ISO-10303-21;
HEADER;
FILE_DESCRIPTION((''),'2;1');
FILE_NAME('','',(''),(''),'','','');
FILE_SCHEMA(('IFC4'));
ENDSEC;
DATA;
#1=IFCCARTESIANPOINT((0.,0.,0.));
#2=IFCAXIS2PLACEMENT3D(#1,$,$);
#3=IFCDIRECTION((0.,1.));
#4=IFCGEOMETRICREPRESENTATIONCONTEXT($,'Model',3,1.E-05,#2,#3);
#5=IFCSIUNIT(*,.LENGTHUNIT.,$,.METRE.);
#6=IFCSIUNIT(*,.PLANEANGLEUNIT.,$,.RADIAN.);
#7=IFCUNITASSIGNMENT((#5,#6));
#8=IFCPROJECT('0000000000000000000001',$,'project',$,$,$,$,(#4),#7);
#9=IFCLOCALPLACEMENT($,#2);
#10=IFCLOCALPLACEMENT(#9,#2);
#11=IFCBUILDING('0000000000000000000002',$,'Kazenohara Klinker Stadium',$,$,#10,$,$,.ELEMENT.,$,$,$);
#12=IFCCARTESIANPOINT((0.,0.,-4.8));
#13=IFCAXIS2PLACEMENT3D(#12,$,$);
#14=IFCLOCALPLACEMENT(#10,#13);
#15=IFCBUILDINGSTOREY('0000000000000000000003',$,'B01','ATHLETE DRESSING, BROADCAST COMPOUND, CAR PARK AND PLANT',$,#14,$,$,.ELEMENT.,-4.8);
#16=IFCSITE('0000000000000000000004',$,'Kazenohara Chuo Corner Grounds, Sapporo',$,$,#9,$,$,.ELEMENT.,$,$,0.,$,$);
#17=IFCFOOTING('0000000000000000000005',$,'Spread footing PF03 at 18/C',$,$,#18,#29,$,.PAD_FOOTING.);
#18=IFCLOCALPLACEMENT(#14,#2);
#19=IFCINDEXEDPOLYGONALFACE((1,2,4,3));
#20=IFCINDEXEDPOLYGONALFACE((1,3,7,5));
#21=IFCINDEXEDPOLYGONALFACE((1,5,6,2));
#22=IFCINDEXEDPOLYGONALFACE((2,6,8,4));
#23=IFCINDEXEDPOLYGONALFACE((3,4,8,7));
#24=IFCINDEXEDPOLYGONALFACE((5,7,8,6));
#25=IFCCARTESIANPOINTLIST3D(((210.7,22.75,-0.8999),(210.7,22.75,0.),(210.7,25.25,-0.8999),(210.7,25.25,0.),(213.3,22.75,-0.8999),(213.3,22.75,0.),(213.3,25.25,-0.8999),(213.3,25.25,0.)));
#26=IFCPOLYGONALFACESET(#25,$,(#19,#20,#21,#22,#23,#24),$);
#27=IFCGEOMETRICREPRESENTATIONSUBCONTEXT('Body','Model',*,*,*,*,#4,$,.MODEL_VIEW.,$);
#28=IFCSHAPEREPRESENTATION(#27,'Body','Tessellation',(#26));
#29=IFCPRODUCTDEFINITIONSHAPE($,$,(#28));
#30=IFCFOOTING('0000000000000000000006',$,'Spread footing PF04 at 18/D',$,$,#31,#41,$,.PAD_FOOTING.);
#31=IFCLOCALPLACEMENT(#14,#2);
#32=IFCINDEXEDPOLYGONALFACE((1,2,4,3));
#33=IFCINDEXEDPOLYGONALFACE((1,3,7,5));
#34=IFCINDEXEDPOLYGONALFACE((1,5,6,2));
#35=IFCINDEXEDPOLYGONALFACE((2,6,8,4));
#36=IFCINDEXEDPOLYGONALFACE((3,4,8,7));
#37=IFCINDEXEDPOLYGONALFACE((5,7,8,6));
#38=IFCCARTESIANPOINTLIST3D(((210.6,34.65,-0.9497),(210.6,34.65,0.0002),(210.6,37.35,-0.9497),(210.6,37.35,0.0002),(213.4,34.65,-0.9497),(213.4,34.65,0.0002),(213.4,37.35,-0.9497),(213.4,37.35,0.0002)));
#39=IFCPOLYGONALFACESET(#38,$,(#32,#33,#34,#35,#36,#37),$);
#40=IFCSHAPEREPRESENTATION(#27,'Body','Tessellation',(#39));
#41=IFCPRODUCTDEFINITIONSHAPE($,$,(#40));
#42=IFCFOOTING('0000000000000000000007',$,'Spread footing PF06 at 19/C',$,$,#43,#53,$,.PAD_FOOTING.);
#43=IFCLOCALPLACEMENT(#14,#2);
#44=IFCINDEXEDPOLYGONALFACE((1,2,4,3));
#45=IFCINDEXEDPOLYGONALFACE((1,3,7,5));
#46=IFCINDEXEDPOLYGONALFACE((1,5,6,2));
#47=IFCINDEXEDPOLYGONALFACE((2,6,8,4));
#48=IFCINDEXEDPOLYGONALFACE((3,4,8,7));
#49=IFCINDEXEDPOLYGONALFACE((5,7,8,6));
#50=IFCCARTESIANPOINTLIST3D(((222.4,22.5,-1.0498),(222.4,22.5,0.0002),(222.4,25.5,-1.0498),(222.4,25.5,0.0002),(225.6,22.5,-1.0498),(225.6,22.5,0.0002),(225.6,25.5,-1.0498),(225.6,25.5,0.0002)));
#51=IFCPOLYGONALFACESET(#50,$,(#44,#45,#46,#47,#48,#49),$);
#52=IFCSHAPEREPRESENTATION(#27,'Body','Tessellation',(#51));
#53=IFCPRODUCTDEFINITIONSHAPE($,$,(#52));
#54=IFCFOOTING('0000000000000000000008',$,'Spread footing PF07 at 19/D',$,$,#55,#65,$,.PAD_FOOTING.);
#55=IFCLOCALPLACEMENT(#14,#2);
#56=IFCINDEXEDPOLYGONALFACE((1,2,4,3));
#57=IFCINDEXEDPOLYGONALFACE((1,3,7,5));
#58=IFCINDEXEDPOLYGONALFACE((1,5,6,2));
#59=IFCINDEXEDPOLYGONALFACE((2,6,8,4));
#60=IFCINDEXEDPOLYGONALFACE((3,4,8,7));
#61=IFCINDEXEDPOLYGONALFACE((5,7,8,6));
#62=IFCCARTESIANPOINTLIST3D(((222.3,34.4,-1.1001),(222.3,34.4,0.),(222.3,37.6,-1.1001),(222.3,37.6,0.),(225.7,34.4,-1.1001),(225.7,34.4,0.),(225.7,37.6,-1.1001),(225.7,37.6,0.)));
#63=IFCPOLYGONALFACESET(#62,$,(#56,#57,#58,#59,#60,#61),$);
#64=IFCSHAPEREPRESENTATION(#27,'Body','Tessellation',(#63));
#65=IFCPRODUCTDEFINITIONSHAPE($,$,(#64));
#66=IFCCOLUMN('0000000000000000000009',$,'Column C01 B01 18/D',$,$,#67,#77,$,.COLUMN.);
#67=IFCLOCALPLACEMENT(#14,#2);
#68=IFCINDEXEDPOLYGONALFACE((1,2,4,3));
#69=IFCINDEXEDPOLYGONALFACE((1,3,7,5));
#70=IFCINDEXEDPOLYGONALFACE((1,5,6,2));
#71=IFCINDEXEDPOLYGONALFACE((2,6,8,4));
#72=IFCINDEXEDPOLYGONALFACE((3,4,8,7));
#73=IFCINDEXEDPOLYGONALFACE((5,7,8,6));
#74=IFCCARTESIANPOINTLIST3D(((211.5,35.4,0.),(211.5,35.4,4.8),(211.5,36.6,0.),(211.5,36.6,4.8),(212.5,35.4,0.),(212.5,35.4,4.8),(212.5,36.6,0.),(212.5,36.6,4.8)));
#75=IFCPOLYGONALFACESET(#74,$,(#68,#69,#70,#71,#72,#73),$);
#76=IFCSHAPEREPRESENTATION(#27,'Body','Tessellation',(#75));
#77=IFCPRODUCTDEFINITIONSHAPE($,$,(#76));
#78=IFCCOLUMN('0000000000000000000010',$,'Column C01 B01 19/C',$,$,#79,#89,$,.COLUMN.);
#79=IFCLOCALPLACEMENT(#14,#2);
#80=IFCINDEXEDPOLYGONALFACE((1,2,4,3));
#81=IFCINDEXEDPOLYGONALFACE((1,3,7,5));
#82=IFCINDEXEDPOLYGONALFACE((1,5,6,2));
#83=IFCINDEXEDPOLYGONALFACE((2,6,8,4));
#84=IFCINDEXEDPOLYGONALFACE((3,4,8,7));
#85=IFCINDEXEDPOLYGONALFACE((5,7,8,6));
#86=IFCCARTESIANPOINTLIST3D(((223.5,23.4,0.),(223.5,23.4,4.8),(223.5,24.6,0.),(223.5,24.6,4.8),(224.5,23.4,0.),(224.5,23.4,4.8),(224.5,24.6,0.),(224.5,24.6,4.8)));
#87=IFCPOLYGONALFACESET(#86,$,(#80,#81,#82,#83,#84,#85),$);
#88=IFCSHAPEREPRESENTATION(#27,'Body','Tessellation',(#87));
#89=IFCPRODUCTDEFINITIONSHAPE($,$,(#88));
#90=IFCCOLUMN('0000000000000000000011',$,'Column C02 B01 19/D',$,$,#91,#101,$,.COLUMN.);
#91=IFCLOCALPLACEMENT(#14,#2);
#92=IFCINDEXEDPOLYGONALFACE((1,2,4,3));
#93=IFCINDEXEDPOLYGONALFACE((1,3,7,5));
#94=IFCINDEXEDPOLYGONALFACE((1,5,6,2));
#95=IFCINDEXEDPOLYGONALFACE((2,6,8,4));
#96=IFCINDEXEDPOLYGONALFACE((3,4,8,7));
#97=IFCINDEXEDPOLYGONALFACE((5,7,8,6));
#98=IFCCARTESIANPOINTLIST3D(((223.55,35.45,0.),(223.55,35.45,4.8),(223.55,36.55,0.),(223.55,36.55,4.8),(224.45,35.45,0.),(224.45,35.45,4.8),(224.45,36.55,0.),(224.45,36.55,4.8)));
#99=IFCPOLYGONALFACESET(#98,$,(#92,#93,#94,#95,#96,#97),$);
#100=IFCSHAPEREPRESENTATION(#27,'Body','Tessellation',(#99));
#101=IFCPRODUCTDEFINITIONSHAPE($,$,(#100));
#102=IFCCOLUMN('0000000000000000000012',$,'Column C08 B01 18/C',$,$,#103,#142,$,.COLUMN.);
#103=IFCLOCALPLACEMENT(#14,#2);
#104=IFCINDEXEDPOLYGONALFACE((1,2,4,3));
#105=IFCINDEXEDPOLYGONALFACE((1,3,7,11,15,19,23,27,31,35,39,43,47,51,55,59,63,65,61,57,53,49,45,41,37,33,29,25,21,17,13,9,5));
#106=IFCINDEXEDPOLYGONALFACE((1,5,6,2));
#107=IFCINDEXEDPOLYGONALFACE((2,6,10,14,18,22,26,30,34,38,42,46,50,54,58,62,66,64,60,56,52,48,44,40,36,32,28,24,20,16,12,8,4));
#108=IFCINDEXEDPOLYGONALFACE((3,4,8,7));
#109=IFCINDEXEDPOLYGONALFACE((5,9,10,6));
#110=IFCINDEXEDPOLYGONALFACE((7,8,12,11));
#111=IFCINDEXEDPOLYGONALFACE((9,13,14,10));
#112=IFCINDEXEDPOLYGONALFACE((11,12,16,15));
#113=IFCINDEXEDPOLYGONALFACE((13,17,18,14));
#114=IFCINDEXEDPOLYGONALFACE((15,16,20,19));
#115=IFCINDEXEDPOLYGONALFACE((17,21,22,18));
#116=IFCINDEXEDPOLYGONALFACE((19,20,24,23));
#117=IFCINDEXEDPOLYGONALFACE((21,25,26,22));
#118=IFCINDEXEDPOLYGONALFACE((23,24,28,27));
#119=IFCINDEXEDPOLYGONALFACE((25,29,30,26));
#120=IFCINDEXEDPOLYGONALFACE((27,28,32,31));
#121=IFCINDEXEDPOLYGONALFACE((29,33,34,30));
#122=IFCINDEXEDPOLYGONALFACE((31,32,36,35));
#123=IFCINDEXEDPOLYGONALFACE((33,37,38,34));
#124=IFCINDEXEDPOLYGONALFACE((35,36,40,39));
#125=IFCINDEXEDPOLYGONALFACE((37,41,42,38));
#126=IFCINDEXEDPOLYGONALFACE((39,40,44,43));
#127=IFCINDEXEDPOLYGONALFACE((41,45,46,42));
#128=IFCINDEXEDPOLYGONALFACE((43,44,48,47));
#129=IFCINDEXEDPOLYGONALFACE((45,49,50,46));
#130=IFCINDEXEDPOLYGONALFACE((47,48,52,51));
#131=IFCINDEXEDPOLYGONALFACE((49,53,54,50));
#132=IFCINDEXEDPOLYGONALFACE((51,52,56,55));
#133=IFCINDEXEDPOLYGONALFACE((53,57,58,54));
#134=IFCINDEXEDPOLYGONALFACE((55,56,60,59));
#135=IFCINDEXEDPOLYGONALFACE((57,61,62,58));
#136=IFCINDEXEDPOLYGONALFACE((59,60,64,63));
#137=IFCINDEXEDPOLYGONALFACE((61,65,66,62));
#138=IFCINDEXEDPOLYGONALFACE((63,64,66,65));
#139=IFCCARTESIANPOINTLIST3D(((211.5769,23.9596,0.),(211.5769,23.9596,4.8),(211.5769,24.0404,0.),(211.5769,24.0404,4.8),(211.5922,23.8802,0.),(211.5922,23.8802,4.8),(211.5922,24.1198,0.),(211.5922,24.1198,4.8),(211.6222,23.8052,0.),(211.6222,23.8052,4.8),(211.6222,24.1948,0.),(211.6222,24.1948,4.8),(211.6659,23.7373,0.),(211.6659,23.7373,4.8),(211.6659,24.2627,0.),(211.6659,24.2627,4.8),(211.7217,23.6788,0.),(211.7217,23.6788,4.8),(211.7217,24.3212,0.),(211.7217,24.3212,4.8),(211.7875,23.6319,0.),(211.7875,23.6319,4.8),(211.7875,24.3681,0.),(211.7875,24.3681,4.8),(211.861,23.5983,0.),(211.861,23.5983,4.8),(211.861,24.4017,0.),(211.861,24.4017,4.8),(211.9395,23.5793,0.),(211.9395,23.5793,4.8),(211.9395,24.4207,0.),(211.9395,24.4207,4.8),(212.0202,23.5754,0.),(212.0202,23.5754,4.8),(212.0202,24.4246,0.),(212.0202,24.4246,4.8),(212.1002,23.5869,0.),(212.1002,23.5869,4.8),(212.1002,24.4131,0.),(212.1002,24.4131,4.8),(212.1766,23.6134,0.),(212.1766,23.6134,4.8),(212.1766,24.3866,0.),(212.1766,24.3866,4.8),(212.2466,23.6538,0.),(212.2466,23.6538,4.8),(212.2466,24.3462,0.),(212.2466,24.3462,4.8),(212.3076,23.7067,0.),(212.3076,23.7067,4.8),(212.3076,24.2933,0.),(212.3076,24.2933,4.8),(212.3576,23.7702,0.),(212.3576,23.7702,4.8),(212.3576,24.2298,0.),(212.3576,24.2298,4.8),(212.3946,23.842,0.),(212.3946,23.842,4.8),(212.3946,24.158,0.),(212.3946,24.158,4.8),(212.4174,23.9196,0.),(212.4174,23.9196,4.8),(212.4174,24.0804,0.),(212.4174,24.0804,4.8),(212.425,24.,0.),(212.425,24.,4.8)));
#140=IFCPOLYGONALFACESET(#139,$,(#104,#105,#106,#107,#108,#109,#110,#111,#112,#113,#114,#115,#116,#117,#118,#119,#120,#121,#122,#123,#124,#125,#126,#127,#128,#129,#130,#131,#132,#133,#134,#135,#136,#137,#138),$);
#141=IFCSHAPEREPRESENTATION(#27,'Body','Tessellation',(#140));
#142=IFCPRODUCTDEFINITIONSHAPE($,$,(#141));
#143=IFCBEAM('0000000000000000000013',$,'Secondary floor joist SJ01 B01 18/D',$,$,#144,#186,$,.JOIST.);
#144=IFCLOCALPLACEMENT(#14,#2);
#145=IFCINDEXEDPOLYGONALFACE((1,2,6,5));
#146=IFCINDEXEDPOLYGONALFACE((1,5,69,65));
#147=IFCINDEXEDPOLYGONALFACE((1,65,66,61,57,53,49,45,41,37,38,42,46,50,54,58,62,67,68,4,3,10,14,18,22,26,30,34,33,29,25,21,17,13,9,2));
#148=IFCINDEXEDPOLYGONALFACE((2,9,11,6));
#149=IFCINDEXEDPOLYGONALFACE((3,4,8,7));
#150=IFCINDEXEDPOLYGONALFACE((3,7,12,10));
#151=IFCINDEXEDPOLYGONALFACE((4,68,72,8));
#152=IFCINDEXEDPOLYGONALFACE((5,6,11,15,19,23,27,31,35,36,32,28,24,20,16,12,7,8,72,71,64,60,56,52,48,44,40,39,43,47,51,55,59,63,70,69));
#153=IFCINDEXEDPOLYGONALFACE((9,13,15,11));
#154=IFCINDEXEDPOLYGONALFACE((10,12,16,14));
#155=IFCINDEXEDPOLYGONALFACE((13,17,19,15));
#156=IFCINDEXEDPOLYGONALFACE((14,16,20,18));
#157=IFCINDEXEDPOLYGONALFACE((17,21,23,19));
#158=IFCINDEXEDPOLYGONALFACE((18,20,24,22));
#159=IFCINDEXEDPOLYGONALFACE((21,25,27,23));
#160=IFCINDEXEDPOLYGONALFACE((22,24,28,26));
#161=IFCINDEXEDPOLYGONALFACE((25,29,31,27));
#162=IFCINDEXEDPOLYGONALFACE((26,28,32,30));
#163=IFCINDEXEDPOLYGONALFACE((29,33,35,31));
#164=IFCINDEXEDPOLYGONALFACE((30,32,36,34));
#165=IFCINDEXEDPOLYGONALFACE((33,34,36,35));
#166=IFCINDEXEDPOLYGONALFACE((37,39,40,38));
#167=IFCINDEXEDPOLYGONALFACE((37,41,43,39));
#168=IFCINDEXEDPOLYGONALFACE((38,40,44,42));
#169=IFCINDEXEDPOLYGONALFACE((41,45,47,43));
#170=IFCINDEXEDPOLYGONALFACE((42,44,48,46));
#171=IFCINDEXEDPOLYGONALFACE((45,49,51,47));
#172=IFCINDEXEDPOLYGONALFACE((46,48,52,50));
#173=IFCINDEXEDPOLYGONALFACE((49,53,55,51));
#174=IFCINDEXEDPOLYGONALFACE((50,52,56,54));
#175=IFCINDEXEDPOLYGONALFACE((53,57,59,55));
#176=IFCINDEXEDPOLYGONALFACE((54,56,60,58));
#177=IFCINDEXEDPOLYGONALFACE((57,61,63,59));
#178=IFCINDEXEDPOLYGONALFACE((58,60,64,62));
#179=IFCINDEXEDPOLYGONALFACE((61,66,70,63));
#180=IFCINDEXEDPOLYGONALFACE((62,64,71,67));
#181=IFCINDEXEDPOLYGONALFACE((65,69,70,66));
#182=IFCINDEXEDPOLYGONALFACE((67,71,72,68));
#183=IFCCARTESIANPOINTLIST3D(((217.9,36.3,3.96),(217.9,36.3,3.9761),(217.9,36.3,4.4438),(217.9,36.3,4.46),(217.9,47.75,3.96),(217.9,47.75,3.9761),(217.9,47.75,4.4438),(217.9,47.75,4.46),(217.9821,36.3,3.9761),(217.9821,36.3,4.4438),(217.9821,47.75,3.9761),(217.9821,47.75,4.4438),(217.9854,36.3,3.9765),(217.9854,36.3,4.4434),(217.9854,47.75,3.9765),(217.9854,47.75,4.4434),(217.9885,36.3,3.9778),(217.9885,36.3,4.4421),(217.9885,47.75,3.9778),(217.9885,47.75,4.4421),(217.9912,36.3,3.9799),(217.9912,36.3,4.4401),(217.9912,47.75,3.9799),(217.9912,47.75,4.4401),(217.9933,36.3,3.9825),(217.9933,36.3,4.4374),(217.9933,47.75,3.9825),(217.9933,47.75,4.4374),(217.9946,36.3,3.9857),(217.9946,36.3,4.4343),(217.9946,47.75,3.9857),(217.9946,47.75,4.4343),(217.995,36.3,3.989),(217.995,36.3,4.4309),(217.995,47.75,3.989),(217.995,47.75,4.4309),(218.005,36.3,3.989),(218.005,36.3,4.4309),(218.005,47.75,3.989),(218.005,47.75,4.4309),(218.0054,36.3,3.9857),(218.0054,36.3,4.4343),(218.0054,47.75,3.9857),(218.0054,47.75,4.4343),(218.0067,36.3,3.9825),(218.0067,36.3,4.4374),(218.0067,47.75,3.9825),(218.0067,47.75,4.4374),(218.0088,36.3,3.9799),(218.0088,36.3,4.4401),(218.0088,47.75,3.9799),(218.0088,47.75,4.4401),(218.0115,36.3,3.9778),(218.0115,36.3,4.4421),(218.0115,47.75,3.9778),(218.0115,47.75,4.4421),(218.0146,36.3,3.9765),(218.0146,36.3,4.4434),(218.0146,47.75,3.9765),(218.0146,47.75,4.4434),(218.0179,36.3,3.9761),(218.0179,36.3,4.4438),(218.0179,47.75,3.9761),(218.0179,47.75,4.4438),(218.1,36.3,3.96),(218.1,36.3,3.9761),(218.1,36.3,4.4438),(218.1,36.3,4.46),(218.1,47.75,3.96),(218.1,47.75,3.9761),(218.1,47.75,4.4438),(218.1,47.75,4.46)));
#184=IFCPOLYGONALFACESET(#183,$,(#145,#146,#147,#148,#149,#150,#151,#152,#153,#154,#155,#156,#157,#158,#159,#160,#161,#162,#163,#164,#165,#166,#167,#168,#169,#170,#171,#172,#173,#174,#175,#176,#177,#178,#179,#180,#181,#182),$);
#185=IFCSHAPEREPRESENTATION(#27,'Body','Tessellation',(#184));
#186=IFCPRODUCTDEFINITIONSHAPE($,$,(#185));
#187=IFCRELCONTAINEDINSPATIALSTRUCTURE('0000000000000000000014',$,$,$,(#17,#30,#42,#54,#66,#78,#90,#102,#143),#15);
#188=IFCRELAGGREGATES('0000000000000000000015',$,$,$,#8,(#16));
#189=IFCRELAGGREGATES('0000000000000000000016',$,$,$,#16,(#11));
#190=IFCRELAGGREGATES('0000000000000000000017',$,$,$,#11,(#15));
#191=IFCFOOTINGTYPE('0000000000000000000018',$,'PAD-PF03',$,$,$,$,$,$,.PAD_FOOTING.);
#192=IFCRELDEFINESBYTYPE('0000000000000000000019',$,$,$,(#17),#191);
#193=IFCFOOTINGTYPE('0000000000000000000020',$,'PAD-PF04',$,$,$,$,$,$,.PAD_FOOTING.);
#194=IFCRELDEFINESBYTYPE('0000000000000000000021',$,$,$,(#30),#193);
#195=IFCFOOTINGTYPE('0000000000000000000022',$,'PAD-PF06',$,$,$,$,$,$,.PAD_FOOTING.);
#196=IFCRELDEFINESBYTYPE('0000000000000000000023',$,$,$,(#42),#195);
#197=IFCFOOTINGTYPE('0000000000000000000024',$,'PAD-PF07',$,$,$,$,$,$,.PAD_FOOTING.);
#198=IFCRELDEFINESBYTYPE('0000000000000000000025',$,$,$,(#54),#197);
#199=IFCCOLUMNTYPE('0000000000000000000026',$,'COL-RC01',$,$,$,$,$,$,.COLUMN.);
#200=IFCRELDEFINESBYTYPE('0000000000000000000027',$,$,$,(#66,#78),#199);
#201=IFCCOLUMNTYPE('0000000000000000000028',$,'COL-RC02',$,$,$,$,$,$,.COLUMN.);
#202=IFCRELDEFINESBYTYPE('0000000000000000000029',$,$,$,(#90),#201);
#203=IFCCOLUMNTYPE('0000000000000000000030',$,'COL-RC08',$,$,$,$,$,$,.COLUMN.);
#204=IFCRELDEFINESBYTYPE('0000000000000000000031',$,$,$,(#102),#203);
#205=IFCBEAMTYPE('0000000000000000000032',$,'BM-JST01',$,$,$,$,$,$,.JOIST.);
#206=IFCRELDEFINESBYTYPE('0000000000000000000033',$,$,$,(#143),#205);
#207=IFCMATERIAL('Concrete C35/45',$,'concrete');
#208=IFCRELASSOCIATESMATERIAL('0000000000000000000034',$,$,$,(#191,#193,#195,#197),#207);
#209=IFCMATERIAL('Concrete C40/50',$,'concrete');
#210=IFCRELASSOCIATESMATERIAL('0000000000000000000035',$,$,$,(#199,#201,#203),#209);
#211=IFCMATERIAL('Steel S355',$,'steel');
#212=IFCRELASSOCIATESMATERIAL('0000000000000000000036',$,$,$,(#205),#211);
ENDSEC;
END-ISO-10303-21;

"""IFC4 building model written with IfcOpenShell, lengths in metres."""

from ifc_helpers import new_model, si_unit, direction, frame, origin, origin_2d, place, context, subcontext, project, spatial, rectangle, circle, i_section, extrude, material, material_profile, profile_set, type_object, element, save


model = new_model("IFC4")

# Units and contexts
model_context = context("Model", 3, precision=1e-05, world=origin(), true_north=direction((0.0, 1.0)))
body_context = subcontext(model_context, "Body", "Model", "MODEL_VIEW")
ifc_project = project(units=[si_unit("LENGTHUNIT", "METRE"), si_unit("PLANEANGLEUNIT", "RADIAN")], contexts=[model_context])

# Site, building, storey
site_placement = place(None, origin())
site = spatial("IfcSite", under=ifc_project, at=site_placement, Name="Kazenohara Chuo Corner Grounds, Sapporo", CompositionType="ELEMENT", RefElevation=0.0)
building_placement = place(site_placement, origin())
building = spatial("IfcBuilding", under=site, at=building_placement, Name="Kazenohara Klinker Stadium", CompositionType="ELEMENT")
storey_placement = place(building_placement, frame((0.0, 0.0, -4.8)))
storey = spatial("IfcBuildingStorey", under=building, at=storey_placement, Name="B01", Description="ATHLETE DRESSING, BROADCAST COMPOUND, CAR PARK AND PLANT", CompositionType="ELEMENT", Elevation=-4.8)

# Footings
ifc_material_1 = material(Name="Concrete C35/45", Category="concrete")
footing_type_1 = type_object("IfcFootingType", Name="PAD-PF03", PredefinedType="PAD_FOOTING", material=ifc_material_1)
footing_1_placement = place(storey_placement, frame((212.0, 24.0, -0.8999), z_axis=(0.0, 0.0, 1.0), x_axis=(1.0, 0.0, 0.0)))
element("IfcFooting", 1, at=footing_1_placement, inside=storey, type_object=footing_type_1, Name="Spread footing PF03 at 18/C", PredefinedType="PAD_FOOTING", context=body_context, shape_type="SweptSolid", body=[
    extrude(rectangle(XDim=2.6001, YDim=2.5, at=origin_2d()), origin(), (0.0, 0.0, 1.0), 0.8999),
])
footing_type_2 = type_object("IfcFootingType", Name="PAD-PF04", PredefinedType="PAD_FOOTING", material=ifc_material_1)
footing_2_placement = place(storey_placement, frame((212.0, 36.0, -0.9497), z_axis=(0.0, 0.0, 1.0), x_axis=(1.0, 0.0, 0.0)))
element("IfcFooting", 2, at=footing_2_placement, inside=storey, type_object=footing_type_2, Name="Spread footing PF04 at 18/D", PredefinedType="PAD_FOOTING", context=body_context, shape_type="SweptSolid", body=[
    extrude(rectangle(XDim=2.8, YDim=2.7, at=origin_2d()), origin(), (0.0, 0.0, 1.0), 0.95),
])
footing_type_3 = type_object("IfcFootingType", Name="PAD-PF06", PredefinedType="PAD_FOOTING", material=ifc_material_1)
footing_3_placement = place(storey_placement, frame((224.0, 24.0, -1.0498), z_axis=(0.0, 0.0, 1.0), x_axis=(1.0, 0.0, 0.0)))
element("IfcFooting", 3, at=footing_3_placement, inside=storey, type_object=footing_type_3, Name="Spread footing PF06 at 19/C", PredefinedType="PAD_FOOTING", context=body_context, shape_type="SweptSolid", body=[
    extrude(rectangle(XDim=3.2, YDim=3.0, at=origin_2d()), origin(), (0.0, 0.0, 1.0), 1.05),
])
footing_type_4 = type_object("IfcFootingType", Name="PAD-PF07", PredefinedType="PAD_FOOTING", material=ifc_material_1)
footing_4_placement = place(storey_placement, frame((224.0, 36.0, -1.1001), z_axis=(0.0, 0.0, 1.0), x_axis=(1.0, 0.0, 0.0)))
element("IfcFooting", 4, at=footing_4_placement, inside=storey, type_object=footing_type_4, Name="Spread footing PF07 at 19/D", PredefinedType="PAD_FOOTING", context=body_context, shape_type="SweptSolid", body=[
    extrude(rectangle(XDim=3.3999, YDim=3.2, at=origin_2d()), origin(), (0.0, 0.0, 1.0), 1.1001),
])

# Columns
ifc_material_2 = material(Name="Concrete C40/50", Category="concrete")
ifc_material_profile_1 = material_profile(ifc_material_2, rectangle(XDim=1.0, YDim=1.2, at=origin_2d()), Name="RC-COL-1200x1000")
ifc_profile_set_1 = profile_set([ifc_material_profile_1], Name="Concrete C40/50")
column_type_1 = type_object("IfcColumnType", Name="COL-RC01", PredefinedType="COLUMN", material=ifc_profile_set_1)
for number, where, z_axis, x_axis, name in (
    (5, (212.0, 36.0, 0.0), (0.0, 0.0, 1.0), (1.0, 0.0, 0.0), "Column C01 B01 18/D"),
    (6, (224.0, 24.0, 0.0), (0.0, 0.0, 1.0), (1.0, 0.0, 0.0), "Column C01 B01 19/C"),
):
    element("IfcColumn", number, at=place(storey_placement, frame(where, z_axis=z_axis, x_axis=x_axis)), inside=storey, type_object=column_type_1, Name=name, PredefinedType="COLUMN", context=body_context, shape_type="SweptSolid", body=[
        extrude(rectangle(XDim=1.0, YDim=1.2, at=origin_2d()), origin(), (0.0, 0.0, 1.0), 4.8),
    ])
ifc_material_profile_2 = material_profile(ifc_material_2, rectangle(XDim=0.8999, YDim=1.1001, at=origin_2d()), Name="RC-COL-1100x900")
ifc_profile_set_2 = profile_set([ifc_material_profile_2], Name="Concrete C40/50")
column_type_2 = type_object("IfcColumnType", Name="COL-RC02", PredefinedType="COLUMN", material=ifc_profile_set_2)
column_1_placement = place(storey_placement, frame((224.0, 36.0, 0.0), z_axis=(0.0, 0.0, 1.0), x_axis=(1.0, 0.0, 0.0)))
element("IfcColumn", 7, at=column_1_placement, inside=storey, type_object=column_type_2, Name="Column C02 B01 19/D", PredefinedType="COLUMN", context=body_context, shape_type="SweptSolid", body=[
    extrude(rectangle(XDim=0.8999, YDim=1.1001, at=origin_2d()), origin(), (0.0, 0.0, 1.0), 4.8),
])
ifc_material_profile_3 = material_profile(ifc_material_2, circle(Radius=0.425, at=origin_2d()), Name="RC-COL-D850")
ifc_profile_set_3 = profile_set([ifc_material_profile_3], Name="Concrete C40/50")
column_type_3 = type_object("IfcColumnType", Name="COL-RC08", PredefinedType="COLUMN", material=ifc_profile_set_3)
column_2_placement = place(storey_placement, frame((212.0, 24.0, 0.0), z_axis=(0.0, 0.0, 1.0), x_axis=(1.0, 0.0, 0.0)))
element("IfcColumn", 8, at=column_2_placement, inside=storey, type_object=column_type_3, Name="Column C08 B01 18/C", PredefinedType="COLUMN", context=body_context, shape_type="SweptSolid", body=[
    extrude(circle(Radius=0.425, at=origin_2d()), origin(), (0.0, 0.0, 1.0), 4.8),
])

# Beam
ifc_material_3 = material(Name="Steel S355", Category="steel")
ifc_material_profile_4 = material_profile(ifc_material_3, i_section(OverallWidth=0.2, OverallDepth=0.5, WebThickness=0.01, FlangeThickness=0.0161, FilletRadius=0.0129, at=origin_2d()), Name="H-500x200x10x16")
ifc_profile_set_4 = profile_set([ifc_material_profile_4], Name="Steel S355")
beam_type_1 = type_object("IfcBeamType", Name="BM-JST01", PredefinedType="JOIST", material=ifc_profile_set_4)
beam_1_placement = place(storey_placement, frame((218.0, 36.3, 4.21), z_axis=(0.0, 1.0, 0.0), x_axis=(-1.0, 0.0, 0.0)))
element("IfcBeam", 9, at=beam_1_placement, inside=storey, type_object=beam_type_1, Name="Secondary floor joist SJ01 B01 18/D", PredefinedType="JOIST", context=body_context, shape_type="SweptSolid", body=[
    extrude(i_section(OverallWidth=0.2, OverallDepth=0.5, WebThickness=0.01, FlangeThickness=0.0161, FilletRadius=0.0129, at=origin_2d()), origin(), (0.0, 0.0, 1.0), 11.45),
])

save(model, "model.ifc")
